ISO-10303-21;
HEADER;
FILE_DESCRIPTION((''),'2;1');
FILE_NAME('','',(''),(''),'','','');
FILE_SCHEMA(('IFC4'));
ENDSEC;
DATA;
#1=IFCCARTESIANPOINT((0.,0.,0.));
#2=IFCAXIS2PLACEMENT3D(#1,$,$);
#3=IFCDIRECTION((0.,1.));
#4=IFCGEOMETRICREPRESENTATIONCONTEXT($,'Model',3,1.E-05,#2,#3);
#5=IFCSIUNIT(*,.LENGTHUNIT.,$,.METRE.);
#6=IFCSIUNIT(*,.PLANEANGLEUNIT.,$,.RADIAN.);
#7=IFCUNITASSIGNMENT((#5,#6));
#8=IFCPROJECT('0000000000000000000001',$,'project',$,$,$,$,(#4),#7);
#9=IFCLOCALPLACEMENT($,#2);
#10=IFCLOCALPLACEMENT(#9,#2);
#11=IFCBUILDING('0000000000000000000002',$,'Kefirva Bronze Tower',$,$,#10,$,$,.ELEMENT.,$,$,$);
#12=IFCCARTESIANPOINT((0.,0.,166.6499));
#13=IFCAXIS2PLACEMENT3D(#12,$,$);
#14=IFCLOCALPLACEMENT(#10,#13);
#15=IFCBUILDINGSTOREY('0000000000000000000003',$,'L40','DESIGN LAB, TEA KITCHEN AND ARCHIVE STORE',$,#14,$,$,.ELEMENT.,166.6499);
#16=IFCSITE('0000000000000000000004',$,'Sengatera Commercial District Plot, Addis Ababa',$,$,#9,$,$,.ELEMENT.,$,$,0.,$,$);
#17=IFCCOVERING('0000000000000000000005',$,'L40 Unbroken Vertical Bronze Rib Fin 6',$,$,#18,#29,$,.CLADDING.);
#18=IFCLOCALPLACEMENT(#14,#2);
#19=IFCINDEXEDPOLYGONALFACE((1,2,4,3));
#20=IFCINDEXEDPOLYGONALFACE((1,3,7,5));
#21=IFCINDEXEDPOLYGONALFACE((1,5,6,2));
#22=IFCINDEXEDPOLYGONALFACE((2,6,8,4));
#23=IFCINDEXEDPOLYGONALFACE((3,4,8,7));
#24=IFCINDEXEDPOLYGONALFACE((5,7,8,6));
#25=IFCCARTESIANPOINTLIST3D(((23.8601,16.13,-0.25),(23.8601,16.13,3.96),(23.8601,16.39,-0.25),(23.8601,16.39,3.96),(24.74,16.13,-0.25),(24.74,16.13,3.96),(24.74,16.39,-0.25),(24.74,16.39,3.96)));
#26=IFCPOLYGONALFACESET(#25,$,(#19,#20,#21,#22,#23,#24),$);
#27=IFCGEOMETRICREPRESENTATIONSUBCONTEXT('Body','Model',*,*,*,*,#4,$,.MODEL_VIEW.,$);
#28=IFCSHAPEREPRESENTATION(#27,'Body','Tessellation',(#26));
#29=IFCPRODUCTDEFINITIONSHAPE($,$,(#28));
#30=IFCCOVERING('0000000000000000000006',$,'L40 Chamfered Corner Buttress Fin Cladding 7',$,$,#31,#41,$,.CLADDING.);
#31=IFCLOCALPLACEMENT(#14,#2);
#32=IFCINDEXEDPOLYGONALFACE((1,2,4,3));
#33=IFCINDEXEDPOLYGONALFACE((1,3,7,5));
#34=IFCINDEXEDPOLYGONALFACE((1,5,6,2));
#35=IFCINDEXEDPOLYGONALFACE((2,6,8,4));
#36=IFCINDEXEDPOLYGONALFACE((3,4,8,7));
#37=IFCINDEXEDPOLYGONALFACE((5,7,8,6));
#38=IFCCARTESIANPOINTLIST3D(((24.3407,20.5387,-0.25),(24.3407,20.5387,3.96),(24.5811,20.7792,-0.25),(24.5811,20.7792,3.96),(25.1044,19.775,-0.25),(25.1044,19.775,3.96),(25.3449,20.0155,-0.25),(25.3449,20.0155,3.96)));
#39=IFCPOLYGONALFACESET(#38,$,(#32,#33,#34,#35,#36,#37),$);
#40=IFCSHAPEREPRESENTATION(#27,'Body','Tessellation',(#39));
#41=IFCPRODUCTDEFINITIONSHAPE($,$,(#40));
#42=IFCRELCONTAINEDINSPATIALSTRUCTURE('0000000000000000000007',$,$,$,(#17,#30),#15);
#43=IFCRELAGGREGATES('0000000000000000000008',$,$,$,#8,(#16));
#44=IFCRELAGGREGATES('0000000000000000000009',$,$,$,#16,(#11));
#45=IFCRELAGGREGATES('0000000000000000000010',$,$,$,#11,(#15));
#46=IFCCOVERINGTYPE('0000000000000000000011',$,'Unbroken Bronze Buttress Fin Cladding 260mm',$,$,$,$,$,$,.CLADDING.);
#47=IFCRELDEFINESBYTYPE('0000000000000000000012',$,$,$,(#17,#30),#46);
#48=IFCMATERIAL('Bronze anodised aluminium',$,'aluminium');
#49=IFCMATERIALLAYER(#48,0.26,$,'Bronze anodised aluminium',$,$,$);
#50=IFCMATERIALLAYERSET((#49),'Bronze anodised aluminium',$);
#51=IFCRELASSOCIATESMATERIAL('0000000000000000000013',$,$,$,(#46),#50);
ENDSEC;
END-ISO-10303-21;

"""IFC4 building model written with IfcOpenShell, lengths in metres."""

from ifc_helpers import new_model, si_unit, direction, frame, origin, origin_2d, place, context, subcontext, project, spatial, rectangle, extrude, material, layer, layer_set, type_object, element, save


model = new_model("IFC4")

# Units and contexts
model_context = context("Model", 3, precision=1e-05, world=origin(), true_north=direction((0.0, 1.0)))
body_context = subcontext(model_context, "Body", "Model", "MODEL_VIEW")
ifc_project = project(units=[si_unit("LENGTHUNIT", "METRE"), si_unit("PLANEANGLEUNIT", "RADIAN")], contexts=[model_context])

# Site, building, storey
site_placement = place(None, origin())
site = spatial("IfcSite", under=ifc_project, at=site_placement, Name="Sengatera Commercial District Plot, Addis Ababa", CompositionType="ELEMENT", RefElevation=0.0)
building_placement = place(site_placement, origin())
building = spatial("IfcBuilding", under=site, at=building_placement, Name="Kefirva Bronze Tower", CompositionType="ELEMENT")
storey_placement = place(building_placement, frame((0.0, 0.0, 166.6499)))
storey = spatial("IfcBuildingStorey", under=building, at=storey_placement, Name="L40", Description="DESIGN LAB, TEA KITCHEN AND ARCHIVE STORE", CompositionType="ELEMENT", Elevation=166.6499)

# Shared definitions
ifc_material_1 = material(Name="Bronze anodised aluminium", Category="aluminium")

# Coverings
ifc_layer_1 = layer(ifc_material_1, 0.26, Name="Bronze anodised aluminium")
ifc_layer_set_1 = layer_set([ifc_layer_1], Name="Bronze anodised aluminium")
covering_type_1 = type_object("IfcCoveringType", Name="Unbroken Bronze Buttress Fin Cladding 260mm", PredefinedType="CLADDING", material=ifc_layer_set_1)
covering_1_placement = place(storey_placement, frame((24.3, 16.26, -0.25), z_axis=(0.0, 0.0, 1.0), x_axis=(0.0, 1.0, 0.0)))
element("IfcCovering", 1, at=covering_1_placement, inside=storey, type_object=covering_type_1, Name="L40 Unbroken Vertical Bronze Rib Fin 6", PredefinedType="CLADDING", context=body_context, shape_type="SweptSolid", body=[
    extrude(rectangle(XDim=0.26, YDim=0.8799, at=origin_2d()), origin(), (0.0, 0.0, 1.0), 4.21),
])
covering_2_placement = place(storey_placement, frame((24.8428, 20.2771, -0.25), z_axis=(0.0, 0.0, 1.0), x_axis=(0.707107, 0.707107, 0.0)))
element("IfcCovering", 2, at=covering_2_placement, inside=storey, type_object=covering_type_1, Name="L40 Chamfered Corner Buttress Fin Cladding 7", PredefinedType="CLADDING", context=body_context, shape_type="SweptSolid", body=[
    extrude(rectangle(XDim=0.3401, YDim=1.0801, at=origin_2d()), origin(), (0.0, 0.0, 1.0), 4.21),
])

save(model, "model.ifc")
